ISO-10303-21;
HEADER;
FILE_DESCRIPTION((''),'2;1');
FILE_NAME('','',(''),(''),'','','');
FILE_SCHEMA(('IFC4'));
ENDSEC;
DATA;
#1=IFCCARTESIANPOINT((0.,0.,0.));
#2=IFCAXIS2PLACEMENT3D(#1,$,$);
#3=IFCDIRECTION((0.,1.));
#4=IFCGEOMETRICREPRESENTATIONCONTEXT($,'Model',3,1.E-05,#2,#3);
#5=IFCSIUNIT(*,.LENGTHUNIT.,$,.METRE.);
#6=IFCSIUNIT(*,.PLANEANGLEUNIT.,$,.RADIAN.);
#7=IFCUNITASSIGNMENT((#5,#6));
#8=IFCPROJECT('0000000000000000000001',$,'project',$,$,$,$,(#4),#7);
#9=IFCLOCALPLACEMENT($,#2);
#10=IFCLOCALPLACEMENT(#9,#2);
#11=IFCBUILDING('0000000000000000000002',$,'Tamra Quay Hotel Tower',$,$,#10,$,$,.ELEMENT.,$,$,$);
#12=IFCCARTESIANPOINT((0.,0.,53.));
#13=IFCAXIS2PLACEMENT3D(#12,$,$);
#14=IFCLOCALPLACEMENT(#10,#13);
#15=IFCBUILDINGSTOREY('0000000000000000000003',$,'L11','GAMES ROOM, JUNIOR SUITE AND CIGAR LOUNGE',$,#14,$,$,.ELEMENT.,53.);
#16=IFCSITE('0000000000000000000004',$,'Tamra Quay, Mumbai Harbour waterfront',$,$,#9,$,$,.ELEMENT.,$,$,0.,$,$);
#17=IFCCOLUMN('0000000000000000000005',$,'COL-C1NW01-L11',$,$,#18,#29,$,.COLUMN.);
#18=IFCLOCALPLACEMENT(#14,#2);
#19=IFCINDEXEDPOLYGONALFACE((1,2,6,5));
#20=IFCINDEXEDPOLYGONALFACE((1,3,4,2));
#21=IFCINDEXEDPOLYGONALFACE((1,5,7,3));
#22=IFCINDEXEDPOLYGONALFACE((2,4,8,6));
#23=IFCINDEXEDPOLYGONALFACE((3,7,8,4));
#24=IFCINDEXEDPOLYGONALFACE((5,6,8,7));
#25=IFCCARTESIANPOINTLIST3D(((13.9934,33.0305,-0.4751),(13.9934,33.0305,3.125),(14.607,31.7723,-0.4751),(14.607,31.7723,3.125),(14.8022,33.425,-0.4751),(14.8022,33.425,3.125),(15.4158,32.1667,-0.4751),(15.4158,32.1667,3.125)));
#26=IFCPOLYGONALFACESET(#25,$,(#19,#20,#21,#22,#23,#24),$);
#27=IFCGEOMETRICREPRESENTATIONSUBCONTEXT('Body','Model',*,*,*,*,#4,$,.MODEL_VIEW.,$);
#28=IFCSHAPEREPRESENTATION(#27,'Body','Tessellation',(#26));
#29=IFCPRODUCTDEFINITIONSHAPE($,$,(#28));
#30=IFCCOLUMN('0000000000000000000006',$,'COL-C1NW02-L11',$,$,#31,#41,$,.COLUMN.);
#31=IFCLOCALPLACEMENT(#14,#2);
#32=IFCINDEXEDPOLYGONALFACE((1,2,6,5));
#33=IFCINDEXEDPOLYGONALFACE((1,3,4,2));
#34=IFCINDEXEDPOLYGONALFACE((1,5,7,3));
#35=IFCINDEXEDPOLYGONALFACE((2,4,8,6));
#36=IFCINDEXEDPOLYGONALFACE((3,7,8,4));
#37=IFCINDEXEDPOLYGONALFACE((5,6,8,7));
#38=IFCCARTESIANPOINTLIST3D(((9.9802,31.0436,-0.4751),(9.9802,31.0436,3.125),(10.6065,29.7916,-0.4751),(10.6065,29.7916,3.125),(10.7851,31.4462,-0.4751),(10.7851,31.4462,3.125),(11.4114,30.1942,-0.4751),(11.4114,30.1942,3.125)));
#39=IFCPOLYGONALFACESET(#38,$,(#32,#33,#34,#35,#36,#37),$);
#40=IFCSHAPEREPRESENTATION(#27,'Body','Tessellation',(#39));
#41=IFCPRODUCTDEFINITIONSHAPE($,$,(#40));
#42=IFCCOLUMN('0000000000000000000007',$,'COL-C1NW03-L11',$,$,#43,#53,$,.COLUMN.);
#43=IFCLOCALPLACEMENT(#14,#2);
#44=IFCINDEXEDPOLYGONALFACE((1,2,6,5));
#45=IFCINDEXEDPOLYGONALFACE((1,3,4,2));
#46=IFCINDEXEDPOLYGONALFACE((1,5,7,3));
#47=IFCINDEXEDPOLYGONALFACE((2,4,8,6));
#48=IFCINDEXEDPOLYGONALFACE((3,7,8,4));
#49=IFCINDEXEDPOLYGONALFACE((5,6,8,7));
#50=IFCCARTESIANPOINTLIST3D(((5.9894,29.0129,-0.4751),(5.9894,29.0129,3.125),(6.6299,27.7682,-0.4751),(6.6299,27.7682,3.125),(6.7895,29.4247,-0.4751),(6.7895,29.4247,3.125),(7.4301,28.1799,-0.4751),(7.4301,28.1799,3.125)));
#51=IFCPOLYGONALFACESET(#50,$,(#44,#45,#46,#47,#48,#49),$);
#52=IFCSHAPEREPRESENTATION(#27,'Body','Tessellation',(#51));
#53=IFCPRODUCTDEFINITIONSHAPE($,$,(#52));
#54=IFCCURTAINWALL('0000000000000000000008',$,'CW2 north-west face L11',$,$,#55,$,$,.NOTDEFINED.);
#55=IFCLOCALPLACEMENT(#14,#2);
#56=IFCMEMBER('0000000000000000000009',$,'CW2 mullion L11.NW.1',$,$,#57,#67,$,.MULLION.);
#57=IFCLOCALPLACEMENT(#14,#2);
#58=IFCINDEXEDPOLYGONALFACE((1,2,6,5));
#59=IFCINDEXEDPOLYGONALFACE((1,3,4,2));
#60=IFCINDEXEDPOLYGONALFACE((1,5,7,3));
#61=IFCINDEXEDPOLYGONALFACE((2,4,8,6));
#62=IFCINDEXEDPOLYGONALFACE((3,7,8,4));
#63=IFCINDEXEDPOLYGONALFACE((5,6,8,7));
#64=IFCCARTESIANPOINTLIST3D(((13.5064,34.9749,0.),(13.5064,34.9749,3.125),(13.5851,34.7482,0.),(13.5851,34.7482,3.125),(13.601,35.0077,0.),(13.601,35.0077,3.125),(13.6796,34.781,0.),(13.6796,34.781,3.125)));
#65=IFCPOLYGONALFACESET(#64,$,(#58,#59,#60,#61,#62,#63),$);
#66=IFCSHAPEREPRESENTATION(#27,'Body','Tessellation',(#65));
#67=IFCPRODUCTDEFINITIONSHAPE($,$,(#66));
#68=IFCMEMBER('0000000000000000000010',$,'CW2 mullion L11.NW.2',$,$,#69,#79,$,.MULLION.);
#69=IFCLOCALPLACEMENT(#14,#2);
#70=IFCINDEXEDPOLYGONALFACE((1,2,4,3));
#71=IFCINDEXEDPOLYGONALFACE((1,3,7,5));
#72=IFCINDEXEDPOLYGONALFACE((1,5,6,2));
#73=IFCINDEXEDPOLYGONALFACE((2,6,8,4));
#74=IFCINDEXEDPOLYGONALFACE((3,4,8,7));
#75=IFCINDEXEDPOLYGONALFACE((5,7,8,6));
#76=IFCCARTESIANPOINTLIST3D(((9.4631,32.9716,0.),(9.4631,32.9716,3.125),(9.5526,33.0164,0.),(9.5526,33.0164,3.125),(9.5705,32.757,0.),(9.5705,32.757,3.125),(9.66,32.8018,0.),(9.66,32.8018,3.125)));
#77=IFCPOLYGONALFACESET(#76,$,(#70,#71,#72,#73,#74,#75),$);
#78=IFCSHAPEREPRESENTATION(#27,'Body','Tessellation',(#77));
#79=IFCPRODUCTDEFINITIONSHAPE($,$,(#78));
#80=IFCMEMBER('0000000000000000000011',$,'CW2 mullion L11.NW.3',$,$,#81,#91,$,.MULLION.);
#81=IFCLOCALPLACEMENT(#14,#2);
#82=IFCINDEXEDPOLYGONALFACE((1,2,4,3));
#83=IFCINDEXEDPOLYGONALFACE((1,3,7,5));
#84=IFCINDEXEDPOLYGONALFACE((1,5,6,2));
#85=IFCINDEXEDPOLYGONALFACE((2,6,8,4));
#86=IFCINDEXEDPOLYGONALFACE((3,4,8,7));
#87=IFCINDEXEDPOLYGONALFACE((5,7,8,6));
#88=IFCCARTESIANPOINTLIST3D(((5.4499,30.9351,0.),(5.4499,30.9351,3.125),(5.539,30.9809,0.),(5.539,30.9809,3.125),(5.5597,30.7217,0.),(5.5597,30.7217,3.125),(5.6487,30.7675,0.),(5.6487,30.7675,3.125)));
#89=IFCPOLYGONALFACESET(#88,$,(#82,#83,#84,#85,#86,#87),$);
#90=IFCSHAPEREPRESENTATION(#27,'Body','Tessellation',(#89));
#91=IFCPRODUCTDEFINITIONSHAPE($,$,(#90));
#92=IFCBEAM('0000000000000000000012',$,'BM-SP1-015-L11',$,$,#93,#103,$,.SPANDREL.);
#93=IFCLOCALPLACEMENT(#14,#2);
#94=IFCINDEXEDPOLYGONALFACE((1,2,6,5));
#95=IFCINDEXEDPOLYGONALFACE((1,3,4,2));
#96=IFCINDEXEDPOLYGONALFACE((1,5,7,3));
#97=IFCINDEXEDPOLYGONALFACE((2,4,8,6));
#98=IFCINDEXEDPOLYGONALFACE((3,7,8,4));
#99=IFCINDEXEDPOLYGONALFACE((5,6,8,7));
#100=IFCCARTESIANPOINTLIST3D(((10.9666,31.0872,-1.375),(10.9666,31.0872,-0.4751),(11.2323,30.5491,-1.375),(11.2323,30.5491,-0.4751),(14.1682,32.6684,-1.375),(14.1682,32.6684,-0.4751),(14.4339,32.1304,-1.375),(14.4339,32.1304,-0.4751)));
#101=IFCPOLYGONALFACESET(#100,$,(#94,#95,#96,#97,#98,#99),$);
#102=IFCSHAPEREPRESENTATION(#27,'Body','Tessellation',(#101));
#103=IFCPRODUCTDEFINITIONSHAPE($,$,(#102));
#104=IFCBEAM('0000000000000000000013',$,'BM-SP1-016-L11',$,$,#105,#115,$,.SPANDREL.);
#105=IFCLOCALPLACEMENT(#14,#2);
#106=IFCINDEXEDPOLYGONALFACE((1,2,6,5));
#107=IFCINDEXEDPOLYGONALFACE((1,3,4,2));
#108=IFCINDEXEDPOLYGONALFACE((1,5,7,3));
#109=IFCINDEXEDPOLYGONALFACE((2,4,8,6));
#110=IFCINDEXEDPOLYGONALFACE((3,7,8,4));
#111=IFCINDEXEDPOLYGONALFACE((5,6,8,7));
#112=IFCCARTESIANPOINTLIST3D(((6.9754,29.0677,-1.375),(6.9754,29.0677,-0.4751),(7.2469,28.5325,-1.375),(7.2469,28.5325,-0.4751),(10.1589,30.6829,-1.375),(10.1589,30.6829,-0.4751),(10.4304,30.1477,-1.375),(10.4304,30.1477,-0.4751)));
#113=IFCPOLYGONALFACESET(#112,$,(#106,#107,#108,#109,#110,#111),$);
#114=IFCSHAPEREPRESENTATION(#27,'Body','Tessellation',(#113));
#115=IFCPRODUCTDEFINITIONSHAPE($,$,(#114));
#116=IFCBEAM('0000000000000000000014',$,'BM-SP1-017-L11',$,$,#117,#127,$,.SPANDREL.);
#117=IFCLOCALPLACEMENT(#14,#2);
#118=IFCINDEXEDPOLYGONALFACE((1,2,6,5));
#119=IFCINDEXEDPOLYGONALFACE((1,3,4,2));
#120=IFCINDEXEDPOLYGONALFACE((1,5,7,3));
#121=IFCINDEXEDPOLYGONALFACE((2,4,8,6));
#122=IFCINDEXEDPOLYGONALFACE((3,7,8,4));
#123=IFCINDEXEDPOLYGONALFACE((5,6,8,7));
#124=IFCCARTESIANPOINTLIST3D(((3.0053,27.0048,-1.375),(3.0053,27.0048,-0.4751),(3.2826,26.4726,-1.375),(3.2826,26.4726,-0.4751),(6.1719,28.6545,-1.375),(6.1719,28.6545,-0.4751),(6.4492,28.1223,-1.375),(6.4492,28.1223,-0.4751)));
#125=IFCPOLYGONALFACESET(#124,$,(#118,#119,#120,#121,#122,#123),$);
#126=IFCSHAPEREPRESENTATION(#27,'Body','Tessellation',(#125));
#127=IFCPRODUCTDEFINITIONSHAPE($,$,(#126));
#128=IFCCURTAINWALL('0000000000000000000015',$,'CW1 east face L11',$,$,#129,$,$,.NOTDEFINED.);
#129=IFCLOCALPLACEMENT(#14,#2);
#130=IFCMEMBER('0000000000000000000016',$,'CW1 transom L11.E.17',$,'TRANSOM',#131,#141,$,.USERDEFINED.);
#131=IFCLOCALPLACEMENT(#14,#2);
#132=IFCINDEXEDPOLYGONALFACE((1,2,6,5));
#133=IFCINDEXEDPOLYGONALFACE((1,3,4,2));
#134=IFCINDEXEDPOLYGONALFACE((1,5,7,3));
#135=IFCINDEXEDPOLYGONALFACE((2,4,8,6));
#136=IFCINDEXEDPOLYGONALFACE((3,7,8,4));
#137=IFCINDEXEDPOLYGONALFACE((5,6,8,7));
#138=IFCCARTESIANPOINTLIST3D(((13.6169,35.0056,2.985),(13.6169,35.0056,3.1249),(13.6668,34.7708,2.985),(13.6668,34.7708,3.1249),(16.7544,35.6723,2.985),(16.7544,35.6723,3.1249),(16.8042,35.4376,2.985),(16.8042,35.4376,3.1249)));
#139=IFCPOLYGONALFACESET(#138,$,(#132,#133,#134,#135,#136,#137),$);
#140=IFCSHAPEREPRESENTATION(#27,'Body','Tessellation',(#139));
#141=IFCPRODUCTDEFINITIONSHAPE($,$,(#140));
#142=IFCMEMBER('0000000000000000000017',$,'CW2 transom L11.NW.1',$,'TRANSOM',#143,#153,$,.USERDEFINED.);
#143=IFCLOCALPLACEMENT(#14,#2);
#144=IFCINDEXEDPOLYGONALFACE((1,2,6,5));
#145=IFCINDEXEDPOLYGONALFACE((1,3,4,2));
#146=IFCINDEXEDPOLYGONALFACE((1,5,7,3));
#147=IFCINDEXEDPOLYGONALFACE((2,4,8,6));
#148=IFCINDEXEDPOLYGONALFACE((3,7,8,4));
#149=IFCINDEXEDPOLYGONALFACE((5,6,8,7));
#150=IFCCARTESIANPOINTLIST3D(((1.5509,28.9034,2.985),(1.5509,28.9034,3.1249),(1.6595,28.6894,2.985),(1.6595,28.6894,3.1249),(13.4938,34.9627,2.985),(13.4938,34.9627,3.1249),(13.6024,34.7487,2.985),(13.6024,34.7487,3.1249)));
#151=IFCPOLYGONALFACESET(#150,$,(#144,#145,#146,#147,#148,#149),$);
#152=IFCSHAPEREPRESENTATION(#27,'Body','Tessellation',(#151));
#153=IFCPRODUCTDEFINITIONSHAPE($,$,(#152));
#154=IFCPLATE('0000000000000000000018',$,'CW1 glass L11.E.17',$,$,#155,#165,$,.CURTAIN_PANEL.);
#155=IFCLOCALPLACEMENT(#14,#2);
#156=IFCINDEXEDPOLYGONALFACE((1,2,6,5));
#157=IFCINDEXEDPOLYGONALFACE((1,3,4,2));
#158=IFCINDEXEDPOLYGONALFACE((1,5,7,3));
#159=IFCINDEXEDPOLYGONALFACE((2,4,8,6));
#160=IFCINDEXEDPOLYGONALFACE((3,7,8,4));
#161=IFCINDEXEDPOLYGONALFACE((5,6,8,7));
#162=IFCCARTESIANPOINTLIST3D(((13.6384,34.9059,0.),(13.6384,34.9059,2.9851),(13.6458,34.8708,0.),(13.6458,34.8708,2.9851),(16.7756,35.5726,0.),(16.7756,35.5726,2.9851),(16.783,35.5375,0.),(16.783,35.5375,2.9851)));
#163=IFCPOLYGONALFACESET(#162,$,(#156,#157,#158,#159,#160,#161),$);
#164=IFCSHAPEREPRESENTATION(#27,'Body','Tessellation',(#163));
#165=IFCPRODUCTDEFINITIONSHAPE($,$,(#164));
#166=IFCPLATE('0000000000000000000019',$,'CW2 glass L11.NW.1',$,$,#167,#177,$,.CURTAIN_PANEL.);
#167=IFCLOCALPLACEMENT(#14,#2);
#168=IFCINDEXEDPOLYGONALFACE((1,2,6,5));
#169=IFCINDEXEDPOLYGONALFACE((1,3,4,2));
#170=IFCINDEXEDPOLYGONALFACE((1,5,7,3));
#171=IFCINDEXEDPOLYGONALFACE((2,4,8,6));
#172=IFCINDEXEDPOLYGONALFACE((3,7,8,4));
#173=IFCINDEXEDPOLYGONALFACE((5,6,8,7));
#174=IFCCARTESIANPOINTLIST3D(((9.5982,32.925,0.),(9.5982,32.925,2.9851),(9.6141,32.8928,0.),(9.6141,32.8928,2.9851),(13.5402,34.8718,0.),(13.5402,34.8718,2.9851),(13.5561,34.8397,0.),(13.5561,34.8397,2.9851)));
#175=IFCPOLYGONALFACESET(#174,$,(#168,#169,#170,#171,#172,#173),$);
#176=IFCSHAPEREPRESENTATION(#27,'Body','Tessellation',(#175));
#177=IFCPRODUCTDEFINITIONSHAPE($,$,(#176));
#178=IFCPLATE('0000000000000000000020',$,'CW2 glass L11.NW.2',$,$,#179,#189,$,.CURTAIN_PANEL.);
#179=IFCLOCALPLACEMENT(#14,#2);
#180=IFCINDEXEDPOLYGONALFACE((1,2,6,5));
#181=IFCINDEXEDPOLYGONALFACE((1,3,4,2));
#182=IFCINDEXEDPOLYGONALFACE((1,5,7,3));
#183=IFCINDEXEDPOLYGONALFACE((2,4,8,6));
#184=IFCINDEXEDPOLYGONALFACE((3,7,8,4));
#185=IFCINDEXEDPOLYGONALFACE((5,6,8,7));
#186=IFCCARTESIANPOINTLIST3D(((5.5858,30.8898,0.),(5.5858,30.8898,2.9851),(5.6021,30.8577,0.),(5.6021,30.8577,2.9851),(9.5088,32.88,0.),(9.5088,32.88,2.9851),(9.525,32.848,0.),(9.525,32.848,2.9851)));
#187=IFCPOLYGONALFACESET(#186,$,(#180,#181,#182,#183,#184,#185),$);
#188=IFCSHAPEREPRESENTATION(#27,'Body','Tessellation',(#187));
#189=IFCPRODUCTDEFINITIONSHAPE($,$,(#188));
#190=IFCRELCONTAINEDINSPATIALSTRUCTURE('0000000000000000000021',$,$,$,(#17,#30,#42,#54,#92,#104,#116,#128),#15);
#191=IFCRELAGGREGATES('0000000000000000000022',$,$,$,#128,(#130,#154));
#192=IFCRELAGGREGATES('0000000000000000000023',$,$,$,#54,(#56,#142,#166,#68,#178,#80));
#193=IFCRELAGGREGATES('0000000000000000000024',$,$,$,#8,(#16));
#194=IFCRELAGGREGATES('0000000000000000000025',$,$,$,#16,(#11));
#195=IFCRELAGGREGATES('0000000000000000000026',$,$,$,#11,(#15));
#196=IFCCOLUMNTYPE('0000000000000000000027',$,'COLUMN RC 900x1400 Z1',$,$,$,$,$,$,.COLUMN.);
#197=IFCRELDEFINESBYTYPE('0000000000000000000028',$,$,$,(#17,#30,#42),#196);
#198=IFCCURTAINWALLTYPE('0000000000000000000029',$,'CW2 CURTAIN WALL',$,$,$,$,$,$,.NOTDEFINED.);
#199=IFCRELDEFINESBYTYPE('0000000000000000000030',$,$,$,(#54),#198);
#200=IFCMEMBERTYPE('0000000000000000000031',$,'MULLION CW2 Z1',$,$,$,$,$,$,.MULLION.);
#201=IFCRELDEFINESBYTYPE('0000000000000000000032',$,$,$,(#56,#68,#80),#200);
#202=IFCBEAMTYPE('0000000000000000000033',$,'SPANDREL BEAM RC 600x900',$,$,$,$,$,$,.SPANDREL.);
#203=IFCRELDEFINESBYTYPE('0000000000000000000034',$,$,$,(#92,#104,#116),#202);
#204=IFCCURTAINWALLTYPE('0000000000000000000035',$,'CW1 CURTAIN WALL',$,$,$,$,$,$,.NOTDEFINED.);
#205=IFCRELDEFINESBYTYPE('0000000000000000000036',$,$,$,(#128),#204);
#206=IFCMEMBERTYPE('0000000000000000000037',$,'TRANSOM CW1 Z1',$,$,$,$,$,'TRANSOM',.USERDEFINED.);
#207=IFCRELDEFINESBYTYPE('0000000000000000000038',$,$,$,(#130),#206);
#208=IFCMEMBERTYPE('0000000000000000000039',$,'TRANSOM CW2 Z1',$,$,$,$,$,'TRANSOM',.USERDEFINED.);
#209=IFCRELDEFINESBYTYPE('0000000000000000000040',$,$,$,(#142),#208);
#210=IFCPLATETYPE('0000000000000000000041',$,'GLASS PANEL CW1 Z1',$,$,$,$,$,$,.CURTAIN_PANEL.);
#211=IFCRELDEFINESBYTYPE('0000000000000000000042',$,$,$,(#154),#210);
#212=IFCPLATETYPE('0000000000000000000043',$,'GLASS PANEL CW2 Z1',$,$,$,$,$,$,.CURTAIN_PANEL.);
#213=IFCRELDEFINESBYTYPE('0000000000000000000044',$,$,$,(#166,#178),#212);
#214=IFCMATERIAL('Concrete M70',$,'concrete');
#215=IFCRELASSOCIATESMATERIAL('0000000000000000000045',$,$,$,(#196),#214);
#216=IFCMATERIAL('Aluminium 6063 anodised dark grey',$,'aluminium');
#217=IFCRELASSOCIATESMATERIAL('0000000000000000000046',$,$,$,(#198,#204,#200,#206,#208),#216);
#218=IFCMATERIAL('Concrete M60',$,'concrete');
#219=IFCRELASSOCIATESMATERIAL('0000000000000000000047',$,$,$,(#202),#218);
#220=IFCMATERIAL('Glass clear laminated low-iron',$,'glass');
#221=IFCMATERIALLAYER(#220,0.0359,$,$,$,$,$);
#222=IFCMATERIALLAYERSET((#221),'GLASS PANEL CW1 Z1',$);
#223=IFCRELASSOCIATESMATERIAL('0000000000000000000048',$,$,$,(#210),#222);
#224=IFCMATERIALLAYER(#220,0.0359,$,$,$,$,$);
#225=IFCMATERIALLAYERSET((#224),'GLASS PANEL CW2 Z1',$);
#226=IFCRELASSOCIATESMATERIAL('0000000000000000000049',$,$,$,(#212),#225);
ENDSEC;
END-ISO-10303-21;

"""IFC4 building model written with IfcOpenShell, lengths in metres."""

from ifc_helpers import new_model, si_unit, direction, frame, origin, origin_2d, place, context, subcontext, project, spatial, rectangle, extrude, material, layer, layer_set, material_profile, profile_set, type_object, element, aggregate, save


model = new_model("IFC4")

# Units and contexts
model_context = context("Model", 3, precision=1e-05, world=origin(), true_north=direction((0.0, 1.0)))
body_context = subcontext(model_context, "Body", "Model", "MODEL_VIEW")
ifc_project = project(units=[si_unit("LENGTHUNIT", "METRE"), si_unit("PLANEANGLEUNIT", "RADIAN")], contexts=[model_context])

# Site, building, storey
site_placement = place(None, origin())
site = spatial("IfcSite", under=ifc_project, at=site_placement, Name="Tamra Quay, Mumbai Harbour waterfront", CompositionType="ELEMENT", RefElevation=0.0)
building_placement = place(site_placement, origin())
building = spatial("IfcBuilding", under=site, at=building_placement, Name="Tamra Quay Hotel Tower", CompositionType="ELEMENT")
storey_placement = place(building_placement, frame((0.0, 0.0, 53.0)))
storey = spatial("IfcBuildingStorey", under=building, at=storey_placement, Name="L11", Description="GAMES ROOM, JUNIOR SUITE AND CIGAR LOUNGE", CompositionType="ELEMENT", Elevation=53.0)

# Columns
ifc_material_1 = material(Name="Concrete M70", Category="concrete")
ifc_material_profile_1 = material_profile(ifc_material_1, rectangle(XDim=1.3999, YDim=0.8999, at=origin_2d()), Name="COLUMN RC 900x1400 Z1")
ifc_profile_set_1 = profile_set([ifc_material_profile_1], Name="Concrete M70")
column_type = type_object("IfcColumnType", Name="COLUMN RC 900x1400 Z1", PredefinedType="COLUMN", material=ifc_profile_set_1)
for number, where, z_axis, x_axis, name in (
    (1, (14.7046, 32.5986, -0.4751), (0.0, 0.0, 1.0), (-0.438341, 0.898809, 0.0), "COL-C1NW01-L11"),
    (2, (10.6958, 30.6189, -0.4751), (0.0, 0.0, 1.0), (-0.447377, 0.894346, 0.0), "COL-C1NW02-L11"),
    (3, (6.7097, 28.5964, -0.4751), (0.0, 0.0, 1.0), (-0.457548, 0.889185, 0.0), "COL-C1NW03-L11"),
):
    element("IfcColumn", number, at=place(storey_placement, frame(where, z_axis=z_axis, x_axis=x_axis)), inside=storey, type_object=column_type, Name=name, PredefinedType="COLUMN", context=body_context, shape_type="SweptSolid", body=[
        extrude(rectangle(XDim=1.3999, YDim=0.8999, at=origin_2d()), origin(), (0.0, 0.0, 1.0), 3.6001),
    ])

# Curtain wall, members
ifc_material_2 = material(Name="Aluminium 6063 anodised dark grey", Category="aluminium")
curtain_wall_type_1 = type_object("IfcCurtainWallType", Name="CW2 CURTAIN WALL", PredefinedType="NOTDEFINED", material=ifc_material_2)
curtain_wall_1_placement = place(storey_placement, origin())
curtain_wall_1 = element("IfcCurtainWall", 4, at=curtain_wall_1_placement, inside=storey, type_object=curtain_wall_type_1, Name="CW2 north-west face L11", PredefinedType="NOTDEFINED")
ifc_material_profile_2 = material_profile(ifc_material_2, rectangle(XDim=0.24, YDim=0.1001, at=origin_2d()), Name="MULLION 100X240")
ifc_profile_set_2 = profile_set([ifc_material_profile_2], Name="Aluminium 6063 anodised dark grey")
member_type_1 = type_object("IfcMemberType", Name="MULLION CW2 Z1", PredefinedType="MULLION", material=ifc_profile_set_2)
member_1_placement = place(storey_placement, frame((13.593, 34.8779, 0.0), z_axis=(0.0, 0.0, 1.0), x_axis=(-0.327898, 0.944713, 0.0)))
member_1 = element("IfcMember", 5, at=member_1_placement, type_object=member_type_1, Name="CW2 mullion L11.NW.1", PredefinedType="MULLION", context=body_context, shape_type="SweptSolid", body=[
    extrude(rectangle(XDim=0.24, YDim=0.1001, at=origin_2d()), origin(), (0.0, 0.0, 1.0), 3.125),
])
member_2_placement = place(storey_placement, frame((9.5615, 32.8867, 0.0), z_axis=(0.0, 0.0, 1.0), x_axis=(-0.447641, 0.894213, 0.0)))
member_2 = element("IfcMember", 6, at=member_2_placement, type_object=member_type_1, Name="CW2 mullion L11.NW.2", PredefinedType="MULLION", context=body_context, shape_type="SweptSolid", body=[
    extrude(rectangle(XDim=0.24, YDim=0.1001, at=origin_2d()), origin(), (0.0, 0.0, 1.0), 3.125),
])
member_3_placement = place(storey_placement, frame((5.5493, 30.8513, 0.0), z_axis=(0.0, 0.0, 1.0), x_axis=(-0.457254, 0.889336, 0.0)))
member_3 = element("IfcMember", 7, at=member_3_placement, type_object=member_type_1, Name="CW2 mullion L11.NW.3", PredefinedType="MULLION", context=body_context, shape_type="SweptSolid", body=[
    extrude(rectangle(XDim=0.24, YDim=0.1001, at=origin_2d()), origin(), (0.0, 0.0, 1.0), 3.125),
])

# Beams
ifc_material_3 = material(Name="Concrete M60", Category="concrete")
ifc_material_profile_3 = material_profile(ifc_material_3, rectangle(XDim=0.6001, YDim=0.8999, at=origin_2d()), Name="SPANDREL BEAM RC 600x900")
ifc_profile_set_3 = profile_set([ifc_material_profile_3], Name="Concrete M60")
beam_type = type_object("IfcBeamType", Name="SPANDREL BEAM RC 600x900", PredefinedType="SPANDREL", material=ifc_profile_set_3)
beam_1_placement = place(storey_placement, frame((14.301, 32.3994, -0.925), z_axis=(-0.896604, -0.442833, 0.0), x_axis=(0.442833, -0.896604, 0.0)))
element("IfcBeam", 8, at=beam_1_placement, inside=storey, type_object=beam_type, Name="BM-SP1-015-L11", PredefinedType="SPANDREL", context=body_context, shape_type="SweptSolid", body=[
    extrude(rectangle(XDim=0.6001, YDim=0.8999, at=origin_2d()), origin(), (0.0, 0.0, 1.0), 3.5708),
])
beam_2_placement = place(storey_placement, frame((10.2947, 30.4153, -0.925), z_axis=(-0.891786, -0.452458, 0.0), x_axis=(0.452458, -0.891786, 0.0)))
element("IfcBeam", 9, at=beam_2_placement, inside=storey, type_object=beam_type, Name="BM-SP1-016-L11", PredefinedType="SPANDREL", context=body_context, shape_type="SweptSolid", body=[
    extrude(rectangle(XDim=0.6001, YDim=0.8999, at=origin_2d()), origin(), (0.0, 0.0, 1.0), 3.5698),
])
beam_3_placement = place(storey_placement, frame((6.3105, 28.3884, -0.925), z_axis=(-0.886864, -0.462031, 0.0), x_axis=(0.462031, -0.886864, 0.0)))
element("IfcBeam", 10, at=beam_3_placement, inside=storey, type_object=beam_type, Name="BM-SP1-017-L11", PredefinedType="SPANDREL", context=body_context, shape_type="SweptSolid", body=[
    extrude(rectangle(XDim=0.6001, YDim=0.8999, at=origin_2d()), origin(), (0.0, 0.0, 1.0), 3.5706),
])

# Curtain wall, member
curtain_wall_type_2 = type_object("IfcCurtainWallType", Name="CW1 CURTAIN WALL", PredefinedType="NOTDEFINED", material=ifc_material_2)
curtain_wall_2_placement = place(storey_placement, origin())
curtain_wall_2 = element("IfcCurtainWall", 11, at=curtain_wall_2_placement, inside=storey, type_object=curtain_wall_type_2, Name="CW1 east face L11", PredefinedType="NOTDEFINED")
ifc_material_profile_4 = material_profile(ifc_material_2, rectangle(XDim=0.24, YDim=0.1399, at=origin_2d()), Name="TRANSOM 240X140")
ifc_profile_set_4 = profile_set([ifc_material_profile_4], Name="Aluminium 6063 anodised dark grey")
member_type_2 = type_object("IfcMemberType", Name="TRANSOM CW1 Z1", ElementType="TRANSOM", PredefinedType="USERDEFINED", material=ifc_profile_set_4)
member_4_placement = place(storey_placement, frame((16.7793, 35.5549, 3.0549), z_axis=(-0.978156, -0.207871, 0.0), x_axis=(0.207871, -0.978156, 0.0)))
member_4 = element("IfcMember", 12, at=member_4_placement, type_object=member_type_2, Name="CW1 transom L11.E.17", ObjectType="TRANSOM", PredefinedType="USERDEFINED", context=body_context, shape_type="SweptSolid", body=[
    extrude(rectangle(XDim=0.24, YDim=0.1399, at=origin_2d()), origin(), (0.0, 0.0, 1.0), 3.2075),
])

# Member
ifc_material_profile_5 = material_profile(ifc_material_2, rectangle(XDim=0.24, YDim=0.1399, at=origin_2d()), Name="TRANSOM 240X140")
ifc_profile_set_5 = profile_set([ifc_material_profile_5], Name="Aluminium 6063 anodised dark grey")
member_type_3 = type_object("IfcMemberType", Name="TRANSOM CW2 Z1", ElementType="TRANSOM", PredefinedType="USERDEFINED", material=ifc_profile_set_5)
member_5_placement = place(storey_placement, frame((13.5481, 34.8557, 3.0549), z_axis=(-0.891787, -0.452456, 0.0), x_axis=(0.452456, -0.891787, 0.0)))
member_5 = element("IfcMember", 13, at=member_5_placement, type_object=member_type_3, Name="CW2 transom L11.NW.1", ObjectType="TRANSOM", PredefinedType="USERDEFINED", context=body_context, shape_type="SweptSolid", body=[
    extrude(rectangle(XDim=0.24, YDim=0.1399, at=origin_2d()), origin(), (0.0, 0.0, 1.0), 13.3921),
])

# Plates
ifc_material_4 = material(Name="Glass clear laminated low-iron", Category="glass")
ifc_layer_1 = layer(ifc_material_4, 0.0359)
ifc_layer_set_1 = layer_set([ifc_layer_1], Name="GLASS PANEL CW1 Z1")
plate_type_1 = type_object("IfcPlateType", Name="GLASS PANEL CW1 Z1", PredefinedType="CURTAIN_PANEL", material=ifc_layer_set_1)
plate_1_placement = place(storey_placement, frame((15.2107, 35.2217, 0.0), z_axis=(0.0, 0.0, 1.0), x_axis=(-0.978153, -0.207887, 0.0)))
plate_1 = element("IfcPlate", 14, at=plate_1_placement, type_object=plate_type_1, Name="CW1 glass L11.E.17", PredefinedType="CURTAIN_PANEL", context=body_context, shape_type="SweptSolid", body=[
    extrude(rectangle(XDim=3.2073, YDim=0.0359, at=origin_2d()), origin(), (0.0, 0.0, 1.0), 2.9851),
])
aggregate(curtain_wall_2, [member_4, plate_1])
ifc_layer_2 = layer(ifc_material_4, 0.0359)
ifc_layer_set_2 = layer_set([ifc_layer_2], Name="GLASS PANEL CW2 Z1")
plate_type_2 = type_object("IfcPlateType", Name="GLASS PANEL CW2 Z1", PredefinedType="CURTAIN_PANEL", material=ifc_layer_set_2)
plate_2_placement = place(storey_placement, frame((11.5771, 33.8823, 0.0), z_axis=(0.0, 0.0, 1.0), x_axis=(-0.896611, -0.442819, 0.0)))
plate_2 = element("IfcPlate", 15, at=plate_2_placement, type_object=plate_type_2, Name="CW2 glass L11.NW.1", PredefinedType="CURTAIN_PANEL", context=body_context, shape_type="SweptSolid", body=[
    extrude(rectangle(XDim=4.3965, YDim=0.0359, at=origin_2d()), origin(), (0.0, 0.0, 1.0), 2.9851),
])
plate_3_placement = place(storey_placement, frame((7.5554, 31.8689, 0.0), z_axis=(0.0, 0.0, 1.0), x_axis=(-0.89179, -0.45245, 0.0)))
plate_3 = element("IfcPlate", 16, at=plate_3_placement, type_object=plate_type_2, Name="CW2 glass L11.NW.2", PredefinedType="CURTAIN_PANEL", context=body_context, shape_type="SweptSolid", body=[
    extrude(rectangle(XDim=4.3989, YDim=0.0359, at=origin_2d()), origin(), (0.0, 0.0, 1.0), 2.9851),
])
aggregate(curtain_wall_1, [member_1, member_5, plate_2, member_2, plate_3, member_3])

save(model, "model.ifc")
